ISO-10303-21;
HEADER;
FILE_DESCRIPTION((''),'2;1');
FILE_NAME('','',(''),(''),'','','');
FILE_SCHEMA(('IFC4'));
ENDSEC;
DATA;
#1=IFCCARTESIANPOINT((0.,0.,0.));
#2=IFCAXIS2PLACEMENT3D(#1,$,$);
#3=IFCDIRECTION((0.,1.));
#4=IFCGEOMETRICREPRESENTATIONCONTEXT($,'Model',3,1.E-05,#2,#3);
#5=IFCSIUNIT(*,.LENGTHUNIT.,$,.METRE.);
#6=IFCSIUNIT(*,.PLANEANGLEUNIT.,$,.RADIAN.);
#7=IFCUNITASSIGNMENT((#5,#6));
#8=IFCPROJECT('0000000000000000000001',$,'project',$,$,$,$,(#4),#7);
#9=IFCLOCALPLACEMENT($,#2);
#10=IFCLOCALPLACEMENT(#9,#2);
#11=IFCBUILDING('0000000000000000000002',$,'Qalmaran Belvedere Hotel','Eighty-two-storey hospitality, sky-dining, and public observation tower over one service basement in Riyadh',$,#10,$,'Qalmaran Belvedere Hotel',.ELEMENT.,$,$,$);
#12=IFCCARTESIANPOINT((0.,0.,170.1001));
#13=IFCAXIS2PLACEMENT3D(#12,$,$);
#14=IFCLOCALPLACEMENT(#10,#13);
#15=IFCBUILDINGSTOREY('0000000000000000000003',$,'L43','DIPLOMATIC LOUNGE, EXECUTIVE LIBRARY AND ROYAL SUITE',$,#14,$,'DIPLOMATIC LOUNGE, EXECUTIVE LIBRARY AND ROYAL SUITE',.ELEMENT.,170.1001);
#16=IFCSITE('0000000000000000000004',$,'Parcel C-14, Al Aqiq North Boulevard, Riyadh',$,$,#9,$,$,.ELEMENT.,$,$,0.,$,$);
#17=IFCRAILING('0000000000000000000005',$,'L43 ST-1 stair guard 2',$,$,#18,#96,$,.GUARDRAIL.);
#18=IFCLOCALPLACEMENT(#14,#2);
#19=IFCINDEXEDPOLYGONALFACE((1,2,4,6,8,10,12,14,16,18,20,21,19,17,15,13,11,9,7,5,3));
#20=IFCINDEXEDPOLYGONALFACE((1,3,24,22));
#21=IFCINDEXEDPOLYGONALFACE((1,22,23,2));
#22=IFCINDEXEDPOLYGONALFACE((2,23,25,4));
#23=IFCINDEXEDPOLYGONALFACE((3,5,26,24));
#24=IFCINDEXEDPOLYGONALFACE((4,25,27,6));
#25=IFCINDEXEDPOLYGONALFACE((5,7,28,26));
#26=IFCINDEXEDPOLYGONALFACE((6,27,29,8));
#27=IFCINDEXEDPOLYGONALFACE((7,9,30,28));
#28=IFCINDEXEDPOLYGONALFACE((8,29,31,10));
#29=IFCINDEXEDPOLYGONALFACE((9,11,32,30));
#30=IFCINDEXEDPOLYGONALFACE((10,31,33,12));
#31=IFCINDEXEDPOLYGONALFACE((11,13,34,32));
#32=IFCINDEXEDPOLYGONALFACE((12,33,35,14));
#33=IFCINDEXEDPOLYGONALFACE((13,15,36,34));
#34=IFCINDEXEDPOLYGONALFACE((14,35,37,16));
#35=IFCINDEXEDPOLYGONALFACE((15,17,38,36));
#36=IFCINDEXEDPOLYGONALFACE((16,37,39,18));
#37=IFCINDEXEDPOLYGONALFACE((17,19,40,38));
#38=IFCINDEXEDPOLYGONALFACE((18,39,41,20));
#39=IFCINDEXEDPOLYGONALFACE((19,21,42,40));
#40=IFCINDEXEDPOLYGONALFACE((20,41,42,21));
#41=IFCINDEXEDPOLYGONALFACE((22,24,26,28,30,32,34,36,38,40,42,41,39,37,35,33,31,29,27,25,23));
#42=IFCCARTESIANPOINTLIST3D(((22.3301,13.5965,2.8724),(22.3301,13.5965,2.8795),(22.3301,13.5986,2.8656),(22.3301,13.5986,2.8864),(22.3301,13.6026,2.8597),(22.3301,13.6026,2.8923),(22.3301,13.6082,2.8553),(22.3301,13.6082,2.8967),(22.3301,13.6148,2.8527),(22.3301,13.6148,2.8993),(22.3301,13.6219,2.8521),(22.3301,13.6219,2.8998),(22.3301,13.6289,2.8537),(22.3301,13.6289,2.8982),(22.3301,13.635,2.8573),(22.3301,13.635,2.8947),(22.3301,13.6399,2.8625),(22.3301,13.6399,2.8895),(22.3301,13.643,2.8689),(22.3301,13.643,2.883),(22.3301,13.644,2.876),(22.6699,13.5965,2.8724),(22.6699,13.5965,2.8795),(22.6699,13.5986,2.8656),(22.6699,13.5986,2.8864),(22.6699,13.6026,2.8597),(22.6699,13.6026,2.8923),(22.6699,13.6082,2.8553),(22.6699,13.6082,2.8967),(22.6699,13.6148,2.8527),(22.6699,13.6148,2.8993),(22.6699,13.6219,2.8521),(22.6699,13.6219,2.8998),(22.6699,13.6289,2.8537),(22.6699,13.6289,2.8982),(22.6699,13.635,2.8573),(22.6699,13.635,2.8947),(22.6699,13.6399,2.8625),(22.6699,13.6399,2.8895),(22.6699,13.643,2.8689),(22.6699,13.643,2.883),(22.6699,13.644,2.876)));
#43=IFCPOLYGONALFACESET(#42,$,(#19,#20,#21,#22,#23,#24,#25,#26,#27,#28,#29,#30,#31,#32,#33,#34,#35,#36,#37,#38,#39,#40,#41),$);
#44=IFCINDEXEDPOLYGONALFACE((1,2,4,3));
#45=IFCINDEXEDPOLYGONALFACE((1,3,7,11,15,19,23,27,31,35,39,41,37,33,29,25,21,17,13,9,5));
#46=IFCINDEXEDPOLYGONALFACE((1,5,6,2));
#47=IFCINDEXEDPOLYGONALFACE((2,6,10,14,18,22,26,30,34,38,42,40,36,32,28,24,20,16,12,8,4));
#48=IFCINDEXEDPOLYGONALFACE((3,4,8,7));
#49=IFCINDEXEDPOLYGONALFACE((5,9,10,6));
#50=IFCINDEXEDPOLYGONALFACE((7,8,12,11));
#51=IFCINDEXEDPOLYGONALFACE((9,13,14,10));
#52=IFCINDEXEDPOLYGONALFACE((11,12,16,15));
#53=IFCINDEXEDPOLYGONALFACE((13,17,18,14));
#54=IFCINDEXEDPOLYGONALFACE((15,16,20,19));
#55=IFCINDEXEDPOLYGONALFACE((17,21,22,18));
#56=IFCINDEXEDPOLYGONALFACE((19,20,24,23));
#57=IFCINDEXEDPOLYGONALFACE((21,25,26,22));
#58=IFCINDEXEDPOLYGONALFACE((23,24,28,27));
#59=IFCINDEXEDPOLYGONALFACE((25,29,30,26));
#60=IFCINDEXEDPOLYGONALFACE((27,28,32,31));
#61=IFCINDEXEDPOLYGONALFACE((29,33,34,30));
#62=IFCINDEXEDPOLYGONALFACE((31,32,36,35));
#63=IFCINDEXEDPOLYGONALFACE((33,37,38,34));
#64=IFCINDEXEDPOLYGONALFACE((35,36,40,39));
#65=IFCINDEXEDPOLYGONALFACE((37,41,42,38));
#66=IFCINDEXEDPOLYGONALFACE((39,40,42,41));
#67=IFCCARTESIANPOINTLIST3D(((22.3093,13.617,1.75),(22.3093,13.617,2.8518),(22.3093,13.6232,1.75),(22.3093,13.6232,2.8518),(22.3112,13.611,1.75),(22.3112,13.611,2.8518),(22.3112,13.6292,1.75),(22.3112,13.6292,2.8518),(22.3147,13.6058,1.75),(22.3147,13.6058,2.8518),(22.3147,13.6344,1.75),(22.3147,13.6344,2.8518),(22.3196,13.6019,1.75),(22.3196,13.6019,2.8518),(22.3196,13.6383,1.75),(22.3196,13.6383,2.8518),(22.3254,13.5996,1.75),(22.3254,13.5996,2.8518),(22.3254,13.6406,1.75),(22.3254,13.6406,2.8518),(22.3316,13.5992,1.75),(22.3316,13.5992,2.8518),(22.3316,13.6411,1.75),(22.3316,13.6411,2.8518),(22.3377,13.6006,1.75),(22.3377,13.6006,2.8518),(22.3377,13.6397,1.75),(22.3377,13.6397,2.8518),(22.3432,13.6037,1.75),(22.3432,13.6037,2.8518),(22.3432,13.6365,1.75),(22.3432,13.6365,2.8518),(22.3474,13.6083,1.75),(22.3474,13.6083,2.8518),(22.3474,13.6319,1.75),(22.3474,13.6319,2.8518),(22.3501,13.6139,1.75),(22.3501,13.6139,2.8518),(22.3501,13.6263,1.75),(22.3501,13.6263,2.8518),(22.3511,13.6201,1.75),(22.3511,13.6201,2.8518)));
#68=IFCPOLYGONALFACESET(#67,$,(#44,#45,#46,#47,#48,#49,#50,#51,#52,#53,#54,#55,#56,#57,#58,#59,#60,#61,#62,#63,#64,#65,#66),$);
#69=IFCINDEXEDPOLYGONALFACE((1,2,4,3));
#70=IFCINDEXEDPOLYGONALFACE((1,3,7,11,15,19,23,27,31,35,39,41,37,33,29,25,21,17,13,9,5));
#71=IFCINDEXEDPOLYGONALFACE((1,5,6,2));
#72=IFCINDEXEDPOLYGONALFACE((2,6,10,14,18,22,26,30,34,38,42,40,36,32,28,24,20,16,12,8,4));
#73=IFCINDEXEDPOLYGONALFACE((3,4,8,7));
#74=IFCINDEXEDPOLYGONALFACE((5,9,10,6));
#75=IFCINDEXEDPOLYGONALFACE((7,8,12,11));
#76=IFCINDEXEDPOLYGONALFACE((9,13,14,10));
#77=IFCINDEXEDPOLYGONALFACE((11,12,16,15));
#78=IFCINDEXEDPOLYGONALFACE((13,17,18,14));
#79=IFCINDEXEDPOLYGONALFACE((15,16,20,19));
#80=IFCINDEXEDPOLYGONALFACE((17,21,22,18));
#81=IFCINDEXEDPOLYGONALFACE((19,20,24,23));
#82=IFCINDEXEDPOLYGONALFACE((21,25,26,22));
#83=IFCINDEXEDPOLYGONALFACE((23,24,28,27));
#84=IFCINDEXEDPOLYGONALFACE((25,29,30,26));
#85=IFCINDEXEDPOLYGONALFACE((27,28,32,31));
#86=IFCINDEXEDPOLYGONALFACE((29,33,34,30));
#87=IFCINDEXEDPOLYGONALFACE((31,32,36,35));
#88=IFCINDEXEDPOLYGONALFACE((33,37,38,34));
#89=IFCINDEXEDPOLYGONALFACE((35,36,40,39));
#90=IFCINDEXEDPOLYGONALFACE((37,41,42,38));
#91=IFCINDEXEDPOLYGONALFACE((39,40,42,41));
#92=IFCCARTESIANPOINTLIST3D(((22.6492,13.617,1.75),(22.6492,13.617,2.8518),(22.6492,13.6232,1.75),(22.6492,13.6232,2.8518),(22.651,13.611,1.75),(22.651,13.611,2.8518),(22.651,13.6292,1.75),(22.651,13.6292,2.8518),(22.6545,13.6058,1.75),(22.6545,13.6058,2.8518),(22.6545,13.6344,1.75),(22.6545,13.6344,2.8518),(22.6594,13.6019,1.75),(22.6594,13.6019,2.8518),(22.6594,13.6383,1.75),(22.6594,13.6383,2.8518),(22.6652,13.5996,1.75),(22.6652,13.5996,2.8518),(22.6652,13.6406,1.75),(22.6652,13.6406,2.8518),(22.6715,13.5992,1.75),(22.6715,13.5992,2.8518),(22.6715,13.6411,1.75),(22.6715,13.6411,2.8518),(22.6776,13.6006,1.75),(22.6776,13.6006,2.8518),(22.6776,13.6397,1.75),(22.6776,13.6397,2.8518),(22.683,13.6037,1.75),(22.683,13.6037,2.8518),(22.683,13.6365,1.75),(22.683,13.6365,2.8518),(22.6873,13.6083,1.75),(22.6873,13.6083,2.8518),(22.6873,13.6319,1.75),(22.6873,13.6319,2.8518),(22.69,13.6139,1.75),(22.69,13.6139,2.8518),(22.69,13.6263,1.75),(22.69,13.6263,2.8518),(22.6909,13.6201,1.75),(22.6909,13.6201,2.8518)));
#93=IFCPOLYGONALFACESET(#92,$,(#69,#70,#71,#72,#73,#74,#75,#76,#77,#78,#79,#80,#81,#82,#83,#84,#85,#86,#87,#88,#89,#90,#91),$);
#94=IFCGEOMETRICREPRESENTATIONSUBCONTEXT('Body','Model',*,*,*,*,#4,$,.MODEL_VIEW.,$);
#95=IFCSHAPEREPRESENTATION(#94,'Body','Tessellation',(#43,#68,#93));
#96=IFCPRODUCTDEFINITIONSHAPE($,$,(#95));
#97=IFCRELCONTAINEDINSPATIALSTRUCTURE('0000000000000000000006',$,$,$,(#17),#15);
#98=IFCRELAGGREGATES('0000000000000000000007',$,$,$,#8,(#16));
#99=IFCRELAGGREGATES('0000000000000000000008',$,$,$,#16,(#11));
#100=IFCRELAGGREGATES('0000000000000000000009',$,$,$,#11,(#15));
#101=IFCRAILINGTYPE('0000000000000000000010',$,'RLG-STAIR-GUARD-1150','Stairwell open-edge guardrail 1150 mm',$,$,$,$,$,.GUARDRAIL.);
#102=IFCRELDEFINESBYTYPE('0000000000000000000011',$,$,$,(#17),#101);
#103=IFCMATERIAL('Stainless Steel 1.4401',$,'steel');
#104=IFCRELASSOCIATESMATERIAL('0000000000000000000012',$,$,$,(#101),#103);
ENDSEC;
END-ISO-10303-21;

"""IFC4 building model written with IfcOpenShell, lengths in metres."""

from ifc_helpers import new_model, si_unit, direction, frame, origin, origin_2d, place, context, subcontext, project, spatial, circle, extrude, material, type_object, element, save


model = new_model("IFC4")

# Units and contexts
model_context = context("Model", 3, precision=1e-05, world=origin(), true_north=direction((0.0, 1.0)))
body_context = subcontext(model_context, "Body", "Model", "MODEL_VIEW")
ifc_project = project(units=[si_unit("LENGTHUNIT", "METRE"), si_unit("PLANEANGLEUNIT", "RADIAN")], contexts=[model_context])

# Site, building, storey
site_placement = place(None, origin())
site = spatial("IfcSite", under=ifc_project, at=site_placement, Name="Parcel C-14, Al Aqiq North Boulevard, Riyadh", CompositionType="ELEMENT", RefElevation=0.0)
building_placement = place(site_placement, origin())
building = spatial("IfcBuilding", under=site, at=building_placement, Name="Qalmaran Belvedere Hotel", Description="Eighty-two-storey hospitality, sky-dining, and public observation tower over one service basement in Riyadh", LongName="Qalmaran Belvedere Hotel", CompositionType="ELEMENT")
storey_placement = place(building_placement, frame((0.0, 0.0, 170.1001)))
storey = spatial("IfcBuildingStorey", under=building, at=storey_placement, Name="L43", Description="DIPLOMATIC LOUNGE, EXECUTIVE LIBRARY AND ROYAL SUITE", LongName="DIPLOMATIC LOUNGE, EXECUTIVE LIBRARY AND ROYAL SUITE", CompositionType="ELEMENT", Elevation=170.1001)

# Shared definitions
ifc_material_1 = material(Name="Stainless Steel 1.4401", Category="steel")

# Railing
railing_type_1 = type_object("IfcRailingType", Name="RLG-STAIR-GUARD-1150", Description="Stairwell open-edge guardrail 1150 mm", PredefinedType="GUARDRAIL", material=ifc_material_1)
railing_1_placement = place(storey_placement, frame((22.3301, 13.6201, 1.75)))
element("IfcRailing", 1, at=railing_1_placement, inside=storey, type_object=railing_type_1, Name="L43 ST-1 stair guard 2", PredefinedType="GUARDRAIL", context=body_context, shape_type="SweptSolid", body=[
    extrude(circle(Radius=0.0239, at=origin_2d()), frame((0.0, 0.0, 1.126), z_axis=(1.0, 0.0, 0.0), x_axis=(0.0, 1.0, 0.0)), (0.0, 0.0, 1.0), 0.3398),
    extrude(circle(Radius=0.021, at=origin_2d()), origin(), (0.0, 0.0, 1.0), 1.1018),
    extrude(circle(Radius=0.021, at=origin_2d()), frame((0.3398, 0.0, 0.0)), (0.0, 0.0, 1.0), 1.1018),
])

save(model, "model.ifc")
